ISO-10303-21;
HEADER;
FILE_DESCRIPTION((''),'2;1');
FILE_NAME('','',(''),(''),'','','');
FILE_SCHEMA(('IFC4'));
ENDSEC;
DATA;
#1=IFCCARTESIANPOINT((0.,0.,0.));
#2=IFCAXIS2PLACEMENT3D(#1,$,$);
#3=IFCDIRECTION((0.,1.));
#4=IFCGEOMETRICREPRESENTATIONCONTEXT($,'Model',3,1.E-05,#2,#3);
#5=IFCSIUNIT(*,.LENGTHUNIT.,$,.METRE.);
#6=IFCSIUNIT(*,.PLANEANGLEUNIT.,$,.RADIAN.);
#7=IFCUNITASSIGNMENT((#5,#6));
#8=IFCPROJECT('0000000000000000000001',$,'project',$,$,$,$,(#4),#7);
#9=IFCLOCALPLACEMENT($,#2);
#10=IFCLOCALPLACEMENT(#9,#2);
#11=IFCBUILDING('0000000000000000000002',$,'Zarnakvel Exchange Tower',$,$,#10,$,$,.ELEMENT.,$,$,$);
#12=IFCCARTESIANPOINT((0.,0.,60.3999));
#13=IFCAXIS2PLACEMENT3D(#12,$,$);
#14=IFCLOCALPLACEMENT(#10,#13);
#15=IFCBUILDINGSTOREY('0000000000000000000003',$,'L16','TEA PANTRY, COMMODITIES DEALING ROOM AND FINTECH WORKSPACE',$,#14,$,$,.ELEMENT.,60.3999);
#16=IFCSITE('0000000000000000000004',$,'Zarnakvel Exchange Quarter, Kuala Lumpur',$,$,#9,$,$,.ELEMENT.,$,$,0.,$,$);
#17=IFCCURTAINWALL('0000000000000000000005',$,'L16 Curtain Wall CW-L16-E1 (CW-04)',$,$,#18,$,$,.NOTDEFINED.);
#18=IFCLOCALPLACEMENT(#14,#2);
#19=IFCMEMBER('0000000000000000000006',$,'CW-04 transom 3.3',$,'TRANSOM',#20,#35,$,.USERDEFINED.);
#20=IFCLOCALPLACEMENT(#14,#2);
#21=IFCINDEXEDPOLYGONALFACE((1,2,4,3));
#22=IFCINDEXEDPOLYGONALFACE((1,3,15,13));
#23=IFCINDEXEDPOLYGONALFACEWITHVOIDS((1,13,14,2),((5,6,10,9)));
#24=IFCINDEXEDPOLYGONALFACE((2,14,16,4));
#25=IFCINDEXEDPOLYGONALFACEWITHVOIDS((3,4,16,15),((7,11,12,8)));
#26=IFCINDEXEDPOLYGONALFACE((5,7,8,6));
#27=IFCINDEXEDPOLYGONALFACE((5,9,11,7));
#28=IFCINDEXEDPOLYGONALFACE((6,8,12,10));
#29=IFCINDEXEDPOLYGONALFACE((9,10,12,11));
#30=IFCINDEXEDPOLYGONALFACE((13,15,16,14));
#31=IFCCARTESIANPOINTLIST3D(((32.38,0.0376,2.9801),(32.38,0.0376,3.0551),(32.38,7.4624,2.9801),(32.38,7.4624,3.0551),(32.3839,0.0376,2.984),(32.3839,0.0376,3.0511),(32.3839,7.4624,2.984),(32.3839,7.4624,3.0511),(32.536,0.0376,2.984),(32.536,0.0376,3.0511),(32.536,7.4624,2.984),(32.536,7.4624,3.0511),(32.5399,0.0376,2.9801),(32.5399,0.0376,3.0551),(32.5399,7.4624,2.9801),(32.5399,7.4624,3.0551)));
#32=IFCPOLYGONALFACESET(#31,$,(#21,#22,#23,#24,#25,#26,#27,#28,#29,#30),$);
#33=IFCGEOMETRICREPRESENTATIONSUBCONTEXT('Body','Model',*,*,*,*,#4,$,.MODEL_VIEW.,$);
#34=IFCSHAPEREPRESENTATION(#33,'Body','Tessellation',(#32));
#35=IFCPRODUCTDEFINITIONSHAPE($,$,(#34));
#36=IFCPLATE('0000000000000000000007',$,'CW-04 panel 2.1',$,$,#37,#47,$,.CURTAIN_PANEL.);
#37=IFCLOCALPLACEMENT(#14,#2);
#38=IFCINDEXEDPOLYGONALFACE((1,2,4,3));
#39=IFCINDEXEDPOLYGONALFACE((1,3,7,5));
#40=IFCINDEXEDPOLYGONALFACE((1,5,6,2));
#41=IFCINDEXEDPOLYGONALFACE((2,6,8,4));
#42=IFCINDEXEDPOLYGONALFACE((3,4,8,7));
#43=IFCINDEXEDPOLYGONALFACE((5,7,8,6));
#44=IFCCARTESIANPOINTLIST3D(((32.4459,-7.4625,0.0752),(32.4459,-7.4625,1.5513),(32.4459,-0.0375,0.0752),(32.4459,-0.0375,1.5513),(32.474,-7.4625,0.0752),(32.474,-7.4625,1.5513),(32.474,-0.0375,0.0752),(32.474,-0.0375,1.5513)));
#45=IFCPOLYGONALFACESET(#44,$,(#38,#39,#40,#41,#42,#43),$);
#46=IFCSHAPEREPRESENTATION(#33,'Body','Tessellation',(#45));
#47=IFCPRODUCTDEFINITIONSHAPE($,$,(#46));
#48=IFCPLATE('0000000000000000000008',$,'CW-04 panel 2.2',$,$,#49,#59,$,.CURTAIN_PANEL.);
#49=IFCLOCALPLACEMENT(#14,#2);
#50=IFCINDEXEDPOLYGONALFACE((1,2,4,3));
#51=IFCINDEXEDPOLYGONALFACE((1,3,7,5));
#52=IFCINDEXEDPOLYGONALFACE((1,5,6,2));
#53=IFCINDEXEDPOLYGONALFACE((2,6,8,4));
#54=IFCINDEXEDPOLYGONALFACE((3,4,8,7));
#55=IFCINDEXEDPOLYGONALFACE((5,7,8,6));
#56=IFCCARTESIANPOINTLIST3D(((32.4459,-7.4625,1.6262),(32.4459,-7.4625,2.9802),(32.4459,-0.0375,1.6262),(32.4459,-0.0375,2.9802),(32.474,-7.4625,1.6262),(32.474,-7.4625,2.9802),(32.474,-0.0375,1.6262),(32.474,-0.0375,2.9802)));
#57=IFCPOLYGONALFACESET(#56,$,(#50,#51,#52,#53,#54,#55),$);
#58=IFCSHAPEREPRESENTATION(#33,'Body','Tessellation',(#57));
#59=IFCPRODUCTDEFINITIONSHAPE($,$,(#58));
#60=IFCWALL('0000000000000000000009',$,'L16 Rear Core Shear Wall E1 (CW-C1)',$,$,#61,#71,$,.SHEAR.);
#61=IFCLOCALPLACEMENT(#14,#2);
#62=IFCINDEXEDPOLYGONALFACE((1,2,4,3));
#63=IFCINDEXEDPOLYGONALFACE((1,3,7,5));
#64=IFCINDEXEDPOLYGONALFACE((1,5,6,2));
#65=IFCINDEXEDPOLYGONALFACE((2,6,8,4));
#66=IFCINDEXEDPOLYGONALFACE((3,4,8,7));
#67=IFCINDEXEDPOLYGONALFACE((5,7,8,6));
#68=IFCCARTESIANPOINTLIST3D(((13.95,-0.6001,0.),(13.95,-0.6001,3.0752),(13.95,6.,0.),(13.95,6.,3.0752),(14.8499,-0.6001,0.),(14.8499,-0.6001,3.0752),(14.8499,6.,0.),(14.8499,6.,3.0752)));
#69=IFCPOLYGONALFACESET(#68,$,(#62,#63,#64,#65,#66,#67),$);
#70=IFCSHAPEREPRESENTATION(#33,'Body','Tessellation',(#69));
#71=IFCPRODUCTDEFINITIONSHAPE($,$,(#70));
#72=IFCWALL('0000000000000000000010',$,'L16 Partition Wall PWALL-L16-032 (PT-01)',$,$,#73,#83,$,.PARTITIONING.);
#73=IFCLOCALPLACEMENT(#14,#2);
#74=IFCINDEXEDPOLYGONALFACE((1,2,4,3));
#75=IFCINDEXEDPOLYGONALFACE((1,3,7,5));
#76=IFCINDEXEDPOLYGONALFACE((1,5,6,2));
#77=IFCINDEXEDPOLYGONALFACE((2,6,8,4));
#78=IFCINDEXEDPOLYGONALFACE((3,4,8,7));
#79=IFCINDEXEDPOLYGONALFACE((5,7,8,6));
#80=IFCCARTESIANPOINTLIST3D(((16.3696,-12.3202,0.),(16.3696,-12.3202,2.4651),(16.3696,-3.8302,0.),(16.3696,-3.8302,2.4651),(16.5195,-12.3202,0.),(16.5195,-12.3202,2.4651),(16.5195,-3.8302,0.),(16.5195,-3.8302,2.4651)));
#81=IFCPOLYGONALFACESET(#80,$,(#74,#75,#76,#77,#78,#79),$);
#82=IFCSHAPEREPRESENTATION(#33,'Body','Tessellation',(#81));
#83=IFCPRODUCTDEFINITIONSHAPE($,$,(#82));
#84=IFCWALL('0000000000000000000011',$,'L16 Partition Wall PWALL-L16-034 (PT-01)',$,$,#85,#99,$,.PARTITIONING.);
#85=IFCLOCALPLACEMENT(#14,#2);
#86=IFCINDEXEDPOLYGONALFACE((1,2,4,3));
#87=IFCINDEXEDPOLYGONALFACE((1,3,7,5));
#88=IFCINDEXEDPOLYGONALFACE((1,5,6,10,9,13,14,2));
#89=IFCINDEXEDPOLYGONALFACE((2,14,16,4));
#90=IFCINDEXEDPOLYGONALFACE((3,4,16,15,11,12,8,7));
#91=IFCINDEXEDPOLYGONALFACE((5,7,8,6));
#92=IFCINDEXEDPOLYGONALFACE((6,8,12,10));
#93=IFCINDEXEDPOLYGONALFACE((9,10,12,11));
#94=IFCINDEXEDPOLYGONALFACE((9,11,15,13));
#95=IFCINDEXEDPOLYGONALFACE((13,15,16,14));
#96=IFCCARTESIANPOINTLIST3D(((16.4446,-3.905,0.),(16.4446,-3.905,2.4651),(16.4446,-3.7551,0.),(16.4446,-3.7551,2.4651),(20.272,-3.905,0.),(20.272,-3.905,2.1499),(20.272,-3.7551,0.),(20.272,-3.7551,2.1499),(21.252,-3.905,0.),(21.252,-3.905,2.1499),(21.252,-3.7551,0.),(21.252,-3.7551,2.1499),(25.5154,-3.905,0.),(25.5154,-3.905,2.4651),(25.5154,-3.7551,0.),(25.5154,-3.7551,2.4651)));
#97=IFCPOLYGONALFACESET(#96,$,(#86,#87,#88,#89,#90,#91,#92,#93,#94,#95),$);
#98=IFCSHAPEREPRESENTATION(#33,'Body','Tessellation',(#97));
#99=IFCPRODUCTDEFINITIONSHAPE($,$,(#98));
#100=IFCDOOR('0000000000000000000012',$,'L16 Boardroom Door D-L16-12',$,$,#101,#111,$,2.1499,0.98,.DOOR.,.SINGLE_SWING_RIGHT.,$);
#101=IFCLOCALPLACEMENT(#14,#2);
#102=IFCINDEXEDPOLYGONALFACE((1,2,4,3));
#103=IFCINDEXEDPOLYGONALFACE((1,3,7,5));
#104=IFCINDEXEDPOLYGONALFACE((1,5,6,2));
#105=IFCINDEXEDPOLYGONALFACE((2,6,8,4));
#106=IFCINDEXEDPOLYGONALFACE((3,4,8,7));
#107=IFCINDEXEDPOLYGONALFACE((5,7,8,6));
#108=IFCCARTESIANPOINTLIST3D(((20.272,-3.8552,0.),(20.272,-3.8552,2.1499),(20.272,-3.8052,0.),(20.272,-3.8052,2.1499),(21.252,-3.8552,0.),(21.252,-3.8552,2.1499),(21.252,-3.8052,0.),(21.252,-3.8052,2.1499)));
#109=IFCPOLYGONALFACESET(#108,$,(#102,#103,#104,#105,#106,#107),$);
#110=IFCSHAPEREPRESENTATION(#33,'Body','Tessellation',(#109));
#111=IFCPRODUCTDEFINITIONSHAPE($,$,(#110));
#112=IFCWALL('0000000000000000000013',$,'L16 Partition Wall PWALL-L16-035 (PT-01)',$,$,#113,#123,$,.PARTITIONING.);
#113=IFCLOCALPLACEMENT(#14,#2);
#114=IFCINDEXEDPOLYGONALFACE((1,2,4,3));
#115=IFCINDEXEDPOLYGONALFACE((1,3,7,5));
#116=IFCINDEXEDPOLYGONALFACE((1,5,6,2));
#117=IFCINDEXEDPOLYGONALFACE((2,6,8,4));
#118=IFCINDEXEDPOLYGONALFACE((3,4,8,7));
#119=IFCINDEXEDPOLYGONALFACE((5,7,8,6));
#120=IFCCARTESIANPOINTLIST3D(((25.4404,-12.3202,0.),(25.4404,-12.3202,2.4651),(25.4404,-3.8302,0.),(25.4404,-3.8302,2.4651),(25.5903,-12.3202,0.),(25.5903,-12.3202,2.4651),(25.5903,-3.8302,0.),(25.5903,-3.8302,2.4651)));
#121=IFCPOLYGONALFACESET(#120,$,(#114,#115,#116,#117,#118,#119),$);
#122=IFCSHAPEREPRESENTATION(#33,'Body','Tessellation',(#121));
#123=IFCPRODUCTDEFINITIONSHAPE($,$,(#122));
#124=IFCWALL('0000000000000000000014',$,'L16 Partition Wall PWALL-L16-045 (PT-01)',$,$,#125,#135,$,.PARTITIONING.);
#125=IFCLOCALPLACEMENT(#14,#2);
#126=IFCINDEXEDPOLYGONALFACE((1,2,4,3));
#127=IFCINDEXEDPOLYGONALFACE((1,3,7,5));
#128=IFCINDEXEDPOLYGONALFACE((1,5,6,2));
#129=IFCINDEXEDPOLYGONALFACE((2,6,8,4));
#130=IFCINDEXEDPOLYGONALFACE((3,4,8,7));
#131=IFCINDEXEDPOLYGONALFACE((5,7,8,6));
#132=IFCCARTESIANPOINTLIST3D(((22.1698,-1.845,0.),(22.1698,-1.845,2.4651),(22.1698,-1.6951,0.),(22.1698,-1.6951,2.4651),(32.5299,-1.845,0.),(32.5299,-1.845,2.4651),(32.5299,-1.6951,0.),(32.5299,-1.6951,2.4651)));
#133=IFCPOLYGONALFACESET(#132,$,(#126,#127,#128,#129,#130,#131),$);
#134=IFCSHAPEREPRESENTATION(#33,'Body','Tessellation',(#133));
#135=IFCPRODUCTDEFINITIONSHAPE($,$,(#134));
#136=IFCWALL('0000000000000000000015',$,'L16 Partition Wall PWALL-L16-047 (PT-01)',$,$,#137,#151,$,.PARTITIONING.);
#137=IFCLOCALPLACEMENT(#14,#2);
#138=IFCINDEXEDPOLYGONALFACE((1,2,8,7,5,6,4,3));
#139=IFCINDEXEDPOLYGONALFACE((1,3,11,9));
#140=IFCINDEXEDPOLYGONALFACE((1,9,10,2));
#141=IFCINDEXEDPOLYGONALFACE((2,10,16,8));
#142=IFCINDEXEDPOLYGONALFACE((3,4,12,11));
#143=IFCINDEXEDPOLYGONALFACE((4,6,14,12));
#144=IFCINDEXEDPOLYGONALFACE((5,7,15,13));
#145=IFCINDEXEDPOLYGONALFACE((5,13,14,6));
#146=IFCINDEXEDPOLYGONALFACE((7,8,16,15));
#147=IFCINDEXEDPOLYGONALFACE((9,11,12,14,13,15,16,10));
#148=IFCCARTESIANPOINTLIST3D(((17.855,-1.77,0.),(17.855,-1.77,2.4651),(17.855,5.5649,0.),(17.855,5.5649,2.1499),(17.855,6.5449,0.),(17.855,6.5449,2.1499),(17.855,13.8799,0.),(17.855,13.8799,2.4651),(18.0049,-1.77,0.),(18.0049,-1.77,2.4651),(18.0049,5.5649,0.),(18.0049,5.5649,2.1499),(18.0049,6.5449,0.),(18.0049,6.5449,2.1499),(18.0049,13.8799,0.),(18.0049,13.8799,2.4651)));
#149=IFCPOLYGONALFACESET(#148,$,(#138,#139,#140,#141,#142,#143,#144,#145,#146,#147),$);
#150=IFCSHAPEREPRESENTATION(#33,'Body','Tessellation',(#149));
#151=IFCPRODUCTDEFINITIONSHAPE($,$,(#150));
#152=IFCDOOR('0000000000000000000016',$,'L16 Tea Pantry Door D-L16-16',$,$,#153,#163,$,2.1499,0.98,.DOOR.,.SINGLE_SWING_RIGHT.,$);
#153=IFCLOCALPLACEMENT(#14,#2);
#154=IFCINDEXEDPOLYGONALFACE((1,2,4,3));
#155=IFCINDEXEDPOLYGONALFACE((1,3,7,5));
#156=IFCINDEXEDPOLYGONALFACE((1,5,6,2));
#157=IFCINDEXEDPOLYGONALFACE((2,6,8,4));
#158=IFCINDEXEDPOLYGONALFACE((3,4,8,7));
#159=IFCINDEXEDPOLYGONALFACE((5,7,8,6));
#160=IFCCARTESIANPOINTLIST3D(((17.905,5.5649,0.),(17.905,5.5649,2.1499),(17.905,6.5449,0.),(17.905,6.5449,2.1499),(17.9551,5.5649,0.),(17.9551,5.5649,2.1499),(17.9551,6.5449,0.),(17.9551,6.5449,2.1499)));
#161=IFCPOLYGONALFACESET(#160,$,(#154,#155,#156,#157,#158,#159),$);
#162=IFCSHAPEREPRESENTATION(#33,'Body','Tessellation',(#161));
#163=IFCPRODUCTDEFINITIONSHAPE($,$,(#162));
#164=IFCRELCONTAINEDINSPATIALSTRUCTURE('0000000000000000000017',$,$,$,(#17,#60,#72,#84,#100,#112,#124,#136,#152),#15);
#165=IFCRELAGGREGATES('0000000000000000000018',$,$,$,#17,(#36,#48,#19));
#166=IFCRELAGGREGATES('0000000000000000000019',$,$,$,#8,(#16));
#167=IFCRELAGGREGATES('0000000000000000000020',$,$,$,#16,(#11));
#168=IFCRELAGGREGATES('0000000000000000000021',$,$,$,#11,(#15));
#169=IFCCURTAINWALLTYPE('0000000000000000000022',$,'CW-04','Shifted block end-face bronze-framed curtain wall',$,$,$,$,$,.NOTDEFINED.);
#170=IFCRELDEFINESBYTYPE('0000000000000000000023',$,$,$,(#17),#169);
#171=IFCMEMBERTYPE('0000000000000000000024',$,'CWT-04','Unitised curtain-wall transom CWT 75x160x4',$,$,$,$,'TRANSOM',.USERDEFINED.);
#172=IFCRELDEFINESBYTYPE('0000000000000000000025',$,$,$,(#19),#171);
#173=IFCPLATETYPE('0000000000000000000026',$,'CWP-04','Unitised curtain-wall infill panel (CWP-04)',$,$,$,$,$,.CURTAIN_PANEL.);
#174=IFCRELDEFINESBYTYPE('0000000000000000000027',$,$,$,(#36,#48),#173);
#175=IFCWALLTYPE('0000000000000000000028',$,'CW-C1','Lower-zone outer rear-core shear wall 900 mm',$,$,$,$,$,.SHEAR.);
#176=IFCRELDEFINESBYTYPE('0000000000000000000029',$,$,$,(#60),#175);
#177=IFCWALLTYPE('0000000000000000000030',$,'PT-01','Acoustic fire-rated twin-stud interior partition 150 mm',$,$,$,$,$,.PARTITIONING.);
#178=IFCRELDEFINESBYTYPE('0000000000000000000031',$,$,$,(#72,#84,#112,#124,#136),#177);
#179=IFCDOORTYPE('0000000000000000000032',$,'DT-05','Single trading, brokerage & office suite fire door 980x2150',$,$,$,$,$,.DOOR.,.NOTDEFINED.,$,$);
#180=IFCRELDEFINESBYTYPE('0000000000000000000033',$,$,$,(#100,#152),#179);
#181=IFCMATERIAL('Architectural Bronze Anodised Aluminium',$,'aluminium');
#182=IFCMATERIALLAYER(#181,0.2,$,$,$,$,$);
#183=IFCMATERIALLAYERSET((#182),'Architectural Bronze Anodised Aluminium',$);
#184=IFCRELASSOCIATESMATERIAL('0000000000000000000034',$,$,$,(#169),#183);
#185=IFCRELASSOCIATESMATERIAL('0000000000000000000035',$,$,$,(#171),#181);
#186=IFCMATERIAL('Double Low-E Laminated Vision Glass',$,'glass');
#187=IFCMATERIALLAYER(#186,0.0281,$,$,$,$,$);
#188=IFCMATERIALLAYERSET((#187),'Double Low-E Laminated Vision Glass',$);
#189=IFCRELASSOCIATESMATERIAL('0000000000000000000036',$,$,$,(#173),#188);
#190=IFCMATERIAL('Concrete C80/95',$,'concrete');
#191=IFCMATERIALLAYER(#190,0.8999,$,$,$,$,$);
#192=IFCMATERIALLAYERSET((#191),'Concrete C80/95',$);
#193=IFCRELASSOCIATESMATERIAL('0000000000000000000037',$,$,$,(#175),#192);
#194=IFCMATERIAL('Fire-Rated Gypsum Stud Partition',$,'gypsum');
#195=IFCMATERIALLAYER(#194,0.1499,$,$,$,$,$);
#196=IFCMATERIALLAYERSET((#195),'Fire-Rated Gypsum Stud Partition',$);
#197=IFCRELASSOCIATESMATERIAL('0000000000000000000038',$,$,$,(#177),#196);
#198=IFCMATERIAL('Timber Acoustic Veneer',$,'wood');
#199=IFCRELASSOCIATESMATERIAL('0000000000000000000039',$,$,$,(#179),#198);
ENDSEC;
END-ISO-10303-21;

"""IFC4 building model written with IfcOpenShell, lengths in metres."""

from ifc_helpers import new_model, si_unit, direction, frame, frame_2d, origin, origin_2d, place, context, subcontext, project, spatial, rectangle, hollow_rectangle, extrude, source, transform, mapped, material, layer, layer_set, material_profile, profile_set, type_object, element, fill, aggregate, save


model = new_model("IFC4")

# Units and contexts
model_context = context("Model", 3, precision=1e-05, world=origin(), true_north=direction((0.0, 1.0)))
body_context = subcontext(model_context, "Body", "Model", "MODEL_VIEW")
ifc_project = project(units=[si_unit("LENGTHUNIT", "METRE"), si_unit("PLANEANGLEUNIT", "RADIAN")], contexts=[model_context])

# Site, building, storey
site_placement = place(None, origin())
site = spatial("IfcSite", under=ifc_project, at=site_placement, Name="Zarnakvel Exchange Quarter, Kuala Lumpur", CompositionType="ELEMENT", RefElevation=0.0)
building_placement = place(site_placement, origin())
building = spatial("IfcBuilding", under=site, at=building_placement, Name="Zarnakvel Exchange Tower", CompositionType="ELEMENT")
storey_placement = place(building_placement, frame((0.0, 0.0, 60.3999)))
storey = spatial("IfcBuildingStorey", under=building, at=storey_placement, Name="L16", Description="TEA PANTRY, COMMODITIES DEALING ROOM AND FINTECH WORKSPACE", CompositionType="ELEMENT", Elevation=60.3999)

# Shared definitions
ifc_material_1 = material(Name="Concrete C80/95", Category="concrete")

# Curtain wall, member, plates
ifc_material_2 = material(Name="Architectural Bronze Anodised Aluminium", Category="aluminium")
ifc_layer_1 = layer(ifc_material_2, 0.2)
ifc_layer_set_1 = layer_set([ifc_layer_1], Name="Architectural Bronze Anodised Aluminium")
curtain_wall_type = type_object("IfcCurtainWallType", Name="CW-04", Description="Shifted block end-face bronze-framed curtain wall", PredefinedType="NOTDEFINED", material=ifc_layer_set_1)
curtain_wall_placement = place(storey_placement, origin())
curtain_wall = element("IfcCurtainWall", 1, at=curtain_wall_placement, inside=storey, type_object=curtain_wall_type, Name="L16 Curtain Wall CW-L16-E1 (CW-04)", PredefinedType="NOTDEFINED")
ifc_material_profile_1 = material_profile(ifc_material_2, hollow_rectangle(XDim=0.1599, YDim=0.075, WallThickness=0.0039, at=origin_2d()))
ifc_profile_set_1 = profile_set([ifc_material_profile_1], Name="Architectural Bronze Anodised Aluminium")
member_type_1 = type_object("IfcMemberType", Name="CWT-04", Description="Unitised curtain-wall transom CWT 75x160x4", ElementType="TRANSOM", PredefinedType="USERDEFINED", material=ifc_profile_set_1)
shared_shape_1 = source(origin(), body_context, "Body", "SweptSolid", [
    extrude(hollow_rectangle(XDim=0.1599, YDim=0.075, WallThickness=0.0039, at=origin_2d()), origin(), (0.0, 0.0, 1.0), 7.4248),
])
member_1_placement = place(storey_placement, frame((32.46, 0.0376, 3.0176), z_axis=(0.0, 1.0, 0.0), x_axis=(-1.0, 0.0, 0.0)))
member_1 = element("IfcMember", 2, at=member_1_placement, type_object=member_type_1, Name="CW-04 transom 3.3", ObjectType="TRANSOM", PredefinedType="USERDEFINED", context=body_context, shape_type="MappedRepresentation", body=[
    mapped(shared_shape_1, transform((0.0, 0.0, 0.0), x_axis=(1.0, 0.0, 0.0), y_axis=(0.0, 1.0, 0.0), z_axis=(0.0, 0.0, 1.0), scale=1.0)),
])
ifc_material_3 = material(Name="Double Low-E Laminated Vision Glass", Category="glass")
ifc_layer_2 = layer(ifc_material_3, 0.0281)
ifc_layer_set_2 = layer_set([ifc_layer_2], Name="Double Low-E Laminated Vision Glass")
plate_type = type_object("IfcPlateType", Name="CWP-04", Description="Unitised curtain-wall infill panel (CWP-04)", PredefinedType="CURTAIN_PANEL", material=ifc_layer_set_2)
shared_shape_2 = source(origin(), body_context, "Body", "SweptSolid", [
    extrude(rectangle(XDim=7.425, YDim=0.0281, at=origin_2d()), origin(), (0.0, 0.0, 1.0), 1.4761),
])
plate_1_placement = place(storey_placement, frame((32.46, -3.75, 0.0752), z_axis=(0.0, 0.0, 1.0), x_axis=(0.0, 1.0, 0.0)))
plate_1 = element("IfcPlate", 3, at=plate_1_placement, type_object=plate_type, Name="CW-04 panel 2.1", PredefinedType="CURTAIN_PANEL", context=body_context, shape_type="MappedRepresentation", body=[
    mapped(shared_shape_2, transform((0.0, 0.0, 0.0), x_axis=(1.0, 0.0, 0.0), y_axis=(0.0, 1.0, 0.0), z_axis=(0.0, 0.0, 1.0), scale=1.0)),
])
shared_shape_3 = source(origin(), body_context, "Body", "SweptSolid", [
    extrude(rectangle(XDim=7.425, YDim=0.0281, at=origin_2d()), origin(), (0.0, 0.0, 1.0), 1.354),
])
plate_2_placement = place(storey_placement, frame((32.46, -3.75, 1.6262), z_axis=(0.0, 0.0, 1.0), x_axis=(0.0, 1.0, 0.0)))
plate_2 = element("IfcPlate", 4, at=plate_2_placement, type_object=plate_type, Name="CW-04 panel 2.2", PredefinedType="CURTAIN_PANEL", context=body_context, shape_type="MappedRepresentation", body=[
    mapped(shared_shape_3, transform((0.0, 0.0, 0.0), x_axis=(1.0, 0.0, 0.0), y_axis=(0.0, 1.0, 0.0), z_axis=(0.0, 0.0, 1.0), scale=1.0)),
])
aggregate(curtain_wall, [plate_1, plate_2, member_1])

# Walls
ifc_layer_3 = layer(ifc_material_1, 0.8999)
ifc_layer_set_3 = layer_set([ifc_layer_3], Name="Concrete C80/95")
wall_type_1 = type_object("IfcWallType", Name="CW-C1", Description="Lower-zone outer rear-core shear wall 900 mm", PredefinedType="SHEAR", material=ifc_layer_set_3)
wall_1_placement = place(storey_placement, frame((14.3999, -0.6001, 0.0), z_axis=(0.0, 0.0, 1.0), x_axis=(0.0, 1.0, 0.0)))
element("IfcWall", 5, at=wall_1_placement, inside=storey, type_object=wall_type_1, Name="L16 Rear Core Shear Wall E1 (CW-C1)", PredefinedType="SHEAR", context=body_context, shape_type="SweptSolid", body=[
    extrude(rectangle(XDim=6.6001, YDim=0.8999, at=frame_2d((3.3, 0.0))), origin(), (0.0, 0.0, 1.0), 3.0752),
])
ifc_material_4 = material(Name="Fire-Rated Gypsum Stud Partition", Category="gypsum")
ifc_layer_4 = layer(ifc_material_4, 0.1499)
ifc_layer_set_4 = layer_set([ifc_layer_4], Name="Fire-Rated Gypsum Stud Partition")
wall_type_2 = type_object("IfcWallType", Name="PT-01", Description="Acoustic fire-rated twin-stud interior partition 150 mm", PredefinedType="PARTITIONING", material=ifc_layer_set_4)
wall_2_placement = place(storey_placement, frame((16.4446, -3.8301, 0.0), z_axis=(0.0, 0.0, 1.0), x_axis=(0.0, -1.0, 0.0)))
element("IfcWall", 6, at=wall_2_placement, inside=storey, type_object=wall_type_2, Name="L16 Partition Wall PWALL-L16-032 (PT-01)", PredefinedType="PARTITIONING", context=body_context, shape_type="SweptSolid", body=[
    extrude(rectangle(XDim=8.49, YDim=0.1499, at=frame_2d((4.2451, 0.0))), origin(), (0.0, 0.0, 1.0), 2.4651),
])

# Wall, opening, door
wall_3_placement = place(storey_placement, frame((16.4446, -3.8301, 0.0), z_axis=(0.0, 0.0, 1.0), x_axis=(1.0, 0.0, 0.0)))
wall_3 = element("IfcWall", 7, at=wall_3_placement, inside=storey, type_object=wall_type_2, Name="L16 Partition Wall PWALL-L16-034 (PT-01)", PredefinedType="PARTITIONING", context=body_context, shape_type="SweptSolid", body=[
    extrude(rectangle(XDim=9.0708, YDim=0.1499, at=frame_2d((4.5354, 0.0))), origin(), (0.0, 0.0, 1.0), 2.4651),
])
opening_1_placement = place(wall_3_placement, frame((3.8274, 0.0, 0.0)))
opening_1 = element("IfcOpeningElement", 8, at=opening_1_placement, cuts=wall_3, PredefinedType="OPENING", context=body_context, shape_type="SweptSolid", body=[
    extrude(rectangle(XDim=0.98, YDim=2.1499, at=frame_2d((0.49, 1.075))), frame((0.0, 0.085, 0.0), z_axis=(0.0, -1.0, 0.0), x_axis=(1.0, 0.0, 0.0)), (0.0, 0.0, 1.0), 0.1699),
])
ifc_material_5 = material(Name="Timber Acoustic Veneer", Category="wood")
door_type = type_object("IfcDoorType", Name="DT-05", Description="Single trading, brokerage & office suite fire door 980x2150", OperationType="NOTDEFINED", PredefinedType="DOOR", material=ifc_material_5)
shared_shape_4 = source(origin(), body_context, "Body", "SweptSolid", [
    extrude(rectangle(XDim=0.98, YDim=2.1499, at=frame_2d((0.49, 1.075))), frame((0.0, 0.0249, 0.0), z_axis=(0.0, -1.0, 0.0), x_axis=(1.0, 0.0, 0.0)), (0.0, 0.0, 1.0), 0.05),
])
door_1_placement = place(opening_1_placement, origin())
door_1 = element("IfcDoor", 9, at=door_1_placement, inside=storey, type_object=door_type, Name="L16 Boardroom Door D-L16-12", OperationType="SINGLE_SWING_RIGHT", OverallHeight=2.1499, OverallWidth=0.98, PredefinedType="DOOR", context=body_context, shape_type="MappedRepresentation", body=[
    mapped(shared_shape_4, transform((0.0, 0.0, 0.0), x_axis=(1.0, 0.0, 0.0), y_axis=(0.0, 1.0, 0.0), z_axis=(0.0, 0.0, 1.0), scale=1.0)),
])
fill(opening_1, door_1)

# Walls
wall_4_placement = place(storey_placement, frame((25.5154, -3.8301, 0.0), z_axis=(0.0, 0.0, 1.0), x_axis=(0.0, -1.0, 0.0)))
element("IfcWall", 10, at=wall_4_placement, inside=storey, type_object=wall_type_2, Name="L16 Partition Wall PWALL-L16-035 (PT-01)", PredefinedType="PARTITIONING", context=body_context, shape_type="SweptSolid", body=[
    extrude(rectangle(XDim=8.49, YDim=0.1499, at=frame_2d((4.2451, 0.0))), origin(), (0.0, 0.0, 1.0), 2.4651),
])
wall_5_placement = place(storey_placement, frame((32.53, -1.77, 0.0), z_axis=(0.0, 0.0, 1.0), x_axis=(-1.0, 0.0, 0.0)))
element("IfcWall", 11, at=wall_5_placement, inside=storey, type_object=wall_type_2, Name="L16 Partition Wall PWALL-L16-045 (PT-01)", PredefinedType="PARTITIONING", context=body_context, shape_type="SweptSolid", body=[
    extrude(rectangle(XDim=10.3601, YDim=0.1499, at=frame_2d((5.1802, 0.0))), origin(), (0.0, 0.0, 1.0), 2.4651),
])

# Wall, opening, door
wall_6_placement = place(storey_placement, frame((17.9299, -1.77, 0.0), z_axis=(0.0, 0.0, 1.0), x_axis=(0.0, 1.0, 0.0)))
wall_6 = element("IfcWall", 12, at=wall_6_placement, inside=storey, type_object=wall_type_2, Name="L16 Partition Wall PWALL-L16-047 (PT-01)", PredefinedType="PARTITIONING", context=body_context, shape_type="SweptSolid", body=[
    extrude(rectangle(XDim=15.6499, YDim=0.1499, at=frame_2d((7.825, 0.0))), origin(), (0.0, 0.0, 1.0), 2.4651),
])
opening_2_placement = place(wall_6_placement, frame((7.335, 0.0, 0.0)))
opening_2 = element("IfcOpeningElement", 13, at=opening_2_placement, cuts=wall_6, PredefinedType="OPENING", context=body_context, shape_type="SweptSolid", body=[
    extrude(rectangle(XDim=0.98, YDim=2.1499, at=frame_2d((0.49, 1.075))), frame((0.0, 0.085, 0.0), z_axis=(0.0, -1.0, 0.0), x_axis=(1.0, 0.0, 0.0)), (0.0, 0.0, 1.0), 0.1699),
])
door_2_placement = place(opening_2_placement, origin())
door_2 = element("IfcDoor", 14, at=door_2_placement, inside=storey, type_object=door_type, Name="L16 Tea Pantry Door D-L16-16", OperationType="SINGLE_SWING_RIGHT", OverallHeight=2.1499, OverallWidth=0.98, PredefinedType="DOOR", context=body_context, shape_type="MappedRepresentation", body=[
    mapped(shared_shape_4, transform((0.0, 0.0, 0.0), x_axis=(1.0, 0.0, 0.0), y_axis=(0.0, 1.0, 0.0), z_axis=(0.0, 0.0, 1.0), scale=1.0)),
])
fill(opening_2, door_2)

save(model, "model.ifc")
